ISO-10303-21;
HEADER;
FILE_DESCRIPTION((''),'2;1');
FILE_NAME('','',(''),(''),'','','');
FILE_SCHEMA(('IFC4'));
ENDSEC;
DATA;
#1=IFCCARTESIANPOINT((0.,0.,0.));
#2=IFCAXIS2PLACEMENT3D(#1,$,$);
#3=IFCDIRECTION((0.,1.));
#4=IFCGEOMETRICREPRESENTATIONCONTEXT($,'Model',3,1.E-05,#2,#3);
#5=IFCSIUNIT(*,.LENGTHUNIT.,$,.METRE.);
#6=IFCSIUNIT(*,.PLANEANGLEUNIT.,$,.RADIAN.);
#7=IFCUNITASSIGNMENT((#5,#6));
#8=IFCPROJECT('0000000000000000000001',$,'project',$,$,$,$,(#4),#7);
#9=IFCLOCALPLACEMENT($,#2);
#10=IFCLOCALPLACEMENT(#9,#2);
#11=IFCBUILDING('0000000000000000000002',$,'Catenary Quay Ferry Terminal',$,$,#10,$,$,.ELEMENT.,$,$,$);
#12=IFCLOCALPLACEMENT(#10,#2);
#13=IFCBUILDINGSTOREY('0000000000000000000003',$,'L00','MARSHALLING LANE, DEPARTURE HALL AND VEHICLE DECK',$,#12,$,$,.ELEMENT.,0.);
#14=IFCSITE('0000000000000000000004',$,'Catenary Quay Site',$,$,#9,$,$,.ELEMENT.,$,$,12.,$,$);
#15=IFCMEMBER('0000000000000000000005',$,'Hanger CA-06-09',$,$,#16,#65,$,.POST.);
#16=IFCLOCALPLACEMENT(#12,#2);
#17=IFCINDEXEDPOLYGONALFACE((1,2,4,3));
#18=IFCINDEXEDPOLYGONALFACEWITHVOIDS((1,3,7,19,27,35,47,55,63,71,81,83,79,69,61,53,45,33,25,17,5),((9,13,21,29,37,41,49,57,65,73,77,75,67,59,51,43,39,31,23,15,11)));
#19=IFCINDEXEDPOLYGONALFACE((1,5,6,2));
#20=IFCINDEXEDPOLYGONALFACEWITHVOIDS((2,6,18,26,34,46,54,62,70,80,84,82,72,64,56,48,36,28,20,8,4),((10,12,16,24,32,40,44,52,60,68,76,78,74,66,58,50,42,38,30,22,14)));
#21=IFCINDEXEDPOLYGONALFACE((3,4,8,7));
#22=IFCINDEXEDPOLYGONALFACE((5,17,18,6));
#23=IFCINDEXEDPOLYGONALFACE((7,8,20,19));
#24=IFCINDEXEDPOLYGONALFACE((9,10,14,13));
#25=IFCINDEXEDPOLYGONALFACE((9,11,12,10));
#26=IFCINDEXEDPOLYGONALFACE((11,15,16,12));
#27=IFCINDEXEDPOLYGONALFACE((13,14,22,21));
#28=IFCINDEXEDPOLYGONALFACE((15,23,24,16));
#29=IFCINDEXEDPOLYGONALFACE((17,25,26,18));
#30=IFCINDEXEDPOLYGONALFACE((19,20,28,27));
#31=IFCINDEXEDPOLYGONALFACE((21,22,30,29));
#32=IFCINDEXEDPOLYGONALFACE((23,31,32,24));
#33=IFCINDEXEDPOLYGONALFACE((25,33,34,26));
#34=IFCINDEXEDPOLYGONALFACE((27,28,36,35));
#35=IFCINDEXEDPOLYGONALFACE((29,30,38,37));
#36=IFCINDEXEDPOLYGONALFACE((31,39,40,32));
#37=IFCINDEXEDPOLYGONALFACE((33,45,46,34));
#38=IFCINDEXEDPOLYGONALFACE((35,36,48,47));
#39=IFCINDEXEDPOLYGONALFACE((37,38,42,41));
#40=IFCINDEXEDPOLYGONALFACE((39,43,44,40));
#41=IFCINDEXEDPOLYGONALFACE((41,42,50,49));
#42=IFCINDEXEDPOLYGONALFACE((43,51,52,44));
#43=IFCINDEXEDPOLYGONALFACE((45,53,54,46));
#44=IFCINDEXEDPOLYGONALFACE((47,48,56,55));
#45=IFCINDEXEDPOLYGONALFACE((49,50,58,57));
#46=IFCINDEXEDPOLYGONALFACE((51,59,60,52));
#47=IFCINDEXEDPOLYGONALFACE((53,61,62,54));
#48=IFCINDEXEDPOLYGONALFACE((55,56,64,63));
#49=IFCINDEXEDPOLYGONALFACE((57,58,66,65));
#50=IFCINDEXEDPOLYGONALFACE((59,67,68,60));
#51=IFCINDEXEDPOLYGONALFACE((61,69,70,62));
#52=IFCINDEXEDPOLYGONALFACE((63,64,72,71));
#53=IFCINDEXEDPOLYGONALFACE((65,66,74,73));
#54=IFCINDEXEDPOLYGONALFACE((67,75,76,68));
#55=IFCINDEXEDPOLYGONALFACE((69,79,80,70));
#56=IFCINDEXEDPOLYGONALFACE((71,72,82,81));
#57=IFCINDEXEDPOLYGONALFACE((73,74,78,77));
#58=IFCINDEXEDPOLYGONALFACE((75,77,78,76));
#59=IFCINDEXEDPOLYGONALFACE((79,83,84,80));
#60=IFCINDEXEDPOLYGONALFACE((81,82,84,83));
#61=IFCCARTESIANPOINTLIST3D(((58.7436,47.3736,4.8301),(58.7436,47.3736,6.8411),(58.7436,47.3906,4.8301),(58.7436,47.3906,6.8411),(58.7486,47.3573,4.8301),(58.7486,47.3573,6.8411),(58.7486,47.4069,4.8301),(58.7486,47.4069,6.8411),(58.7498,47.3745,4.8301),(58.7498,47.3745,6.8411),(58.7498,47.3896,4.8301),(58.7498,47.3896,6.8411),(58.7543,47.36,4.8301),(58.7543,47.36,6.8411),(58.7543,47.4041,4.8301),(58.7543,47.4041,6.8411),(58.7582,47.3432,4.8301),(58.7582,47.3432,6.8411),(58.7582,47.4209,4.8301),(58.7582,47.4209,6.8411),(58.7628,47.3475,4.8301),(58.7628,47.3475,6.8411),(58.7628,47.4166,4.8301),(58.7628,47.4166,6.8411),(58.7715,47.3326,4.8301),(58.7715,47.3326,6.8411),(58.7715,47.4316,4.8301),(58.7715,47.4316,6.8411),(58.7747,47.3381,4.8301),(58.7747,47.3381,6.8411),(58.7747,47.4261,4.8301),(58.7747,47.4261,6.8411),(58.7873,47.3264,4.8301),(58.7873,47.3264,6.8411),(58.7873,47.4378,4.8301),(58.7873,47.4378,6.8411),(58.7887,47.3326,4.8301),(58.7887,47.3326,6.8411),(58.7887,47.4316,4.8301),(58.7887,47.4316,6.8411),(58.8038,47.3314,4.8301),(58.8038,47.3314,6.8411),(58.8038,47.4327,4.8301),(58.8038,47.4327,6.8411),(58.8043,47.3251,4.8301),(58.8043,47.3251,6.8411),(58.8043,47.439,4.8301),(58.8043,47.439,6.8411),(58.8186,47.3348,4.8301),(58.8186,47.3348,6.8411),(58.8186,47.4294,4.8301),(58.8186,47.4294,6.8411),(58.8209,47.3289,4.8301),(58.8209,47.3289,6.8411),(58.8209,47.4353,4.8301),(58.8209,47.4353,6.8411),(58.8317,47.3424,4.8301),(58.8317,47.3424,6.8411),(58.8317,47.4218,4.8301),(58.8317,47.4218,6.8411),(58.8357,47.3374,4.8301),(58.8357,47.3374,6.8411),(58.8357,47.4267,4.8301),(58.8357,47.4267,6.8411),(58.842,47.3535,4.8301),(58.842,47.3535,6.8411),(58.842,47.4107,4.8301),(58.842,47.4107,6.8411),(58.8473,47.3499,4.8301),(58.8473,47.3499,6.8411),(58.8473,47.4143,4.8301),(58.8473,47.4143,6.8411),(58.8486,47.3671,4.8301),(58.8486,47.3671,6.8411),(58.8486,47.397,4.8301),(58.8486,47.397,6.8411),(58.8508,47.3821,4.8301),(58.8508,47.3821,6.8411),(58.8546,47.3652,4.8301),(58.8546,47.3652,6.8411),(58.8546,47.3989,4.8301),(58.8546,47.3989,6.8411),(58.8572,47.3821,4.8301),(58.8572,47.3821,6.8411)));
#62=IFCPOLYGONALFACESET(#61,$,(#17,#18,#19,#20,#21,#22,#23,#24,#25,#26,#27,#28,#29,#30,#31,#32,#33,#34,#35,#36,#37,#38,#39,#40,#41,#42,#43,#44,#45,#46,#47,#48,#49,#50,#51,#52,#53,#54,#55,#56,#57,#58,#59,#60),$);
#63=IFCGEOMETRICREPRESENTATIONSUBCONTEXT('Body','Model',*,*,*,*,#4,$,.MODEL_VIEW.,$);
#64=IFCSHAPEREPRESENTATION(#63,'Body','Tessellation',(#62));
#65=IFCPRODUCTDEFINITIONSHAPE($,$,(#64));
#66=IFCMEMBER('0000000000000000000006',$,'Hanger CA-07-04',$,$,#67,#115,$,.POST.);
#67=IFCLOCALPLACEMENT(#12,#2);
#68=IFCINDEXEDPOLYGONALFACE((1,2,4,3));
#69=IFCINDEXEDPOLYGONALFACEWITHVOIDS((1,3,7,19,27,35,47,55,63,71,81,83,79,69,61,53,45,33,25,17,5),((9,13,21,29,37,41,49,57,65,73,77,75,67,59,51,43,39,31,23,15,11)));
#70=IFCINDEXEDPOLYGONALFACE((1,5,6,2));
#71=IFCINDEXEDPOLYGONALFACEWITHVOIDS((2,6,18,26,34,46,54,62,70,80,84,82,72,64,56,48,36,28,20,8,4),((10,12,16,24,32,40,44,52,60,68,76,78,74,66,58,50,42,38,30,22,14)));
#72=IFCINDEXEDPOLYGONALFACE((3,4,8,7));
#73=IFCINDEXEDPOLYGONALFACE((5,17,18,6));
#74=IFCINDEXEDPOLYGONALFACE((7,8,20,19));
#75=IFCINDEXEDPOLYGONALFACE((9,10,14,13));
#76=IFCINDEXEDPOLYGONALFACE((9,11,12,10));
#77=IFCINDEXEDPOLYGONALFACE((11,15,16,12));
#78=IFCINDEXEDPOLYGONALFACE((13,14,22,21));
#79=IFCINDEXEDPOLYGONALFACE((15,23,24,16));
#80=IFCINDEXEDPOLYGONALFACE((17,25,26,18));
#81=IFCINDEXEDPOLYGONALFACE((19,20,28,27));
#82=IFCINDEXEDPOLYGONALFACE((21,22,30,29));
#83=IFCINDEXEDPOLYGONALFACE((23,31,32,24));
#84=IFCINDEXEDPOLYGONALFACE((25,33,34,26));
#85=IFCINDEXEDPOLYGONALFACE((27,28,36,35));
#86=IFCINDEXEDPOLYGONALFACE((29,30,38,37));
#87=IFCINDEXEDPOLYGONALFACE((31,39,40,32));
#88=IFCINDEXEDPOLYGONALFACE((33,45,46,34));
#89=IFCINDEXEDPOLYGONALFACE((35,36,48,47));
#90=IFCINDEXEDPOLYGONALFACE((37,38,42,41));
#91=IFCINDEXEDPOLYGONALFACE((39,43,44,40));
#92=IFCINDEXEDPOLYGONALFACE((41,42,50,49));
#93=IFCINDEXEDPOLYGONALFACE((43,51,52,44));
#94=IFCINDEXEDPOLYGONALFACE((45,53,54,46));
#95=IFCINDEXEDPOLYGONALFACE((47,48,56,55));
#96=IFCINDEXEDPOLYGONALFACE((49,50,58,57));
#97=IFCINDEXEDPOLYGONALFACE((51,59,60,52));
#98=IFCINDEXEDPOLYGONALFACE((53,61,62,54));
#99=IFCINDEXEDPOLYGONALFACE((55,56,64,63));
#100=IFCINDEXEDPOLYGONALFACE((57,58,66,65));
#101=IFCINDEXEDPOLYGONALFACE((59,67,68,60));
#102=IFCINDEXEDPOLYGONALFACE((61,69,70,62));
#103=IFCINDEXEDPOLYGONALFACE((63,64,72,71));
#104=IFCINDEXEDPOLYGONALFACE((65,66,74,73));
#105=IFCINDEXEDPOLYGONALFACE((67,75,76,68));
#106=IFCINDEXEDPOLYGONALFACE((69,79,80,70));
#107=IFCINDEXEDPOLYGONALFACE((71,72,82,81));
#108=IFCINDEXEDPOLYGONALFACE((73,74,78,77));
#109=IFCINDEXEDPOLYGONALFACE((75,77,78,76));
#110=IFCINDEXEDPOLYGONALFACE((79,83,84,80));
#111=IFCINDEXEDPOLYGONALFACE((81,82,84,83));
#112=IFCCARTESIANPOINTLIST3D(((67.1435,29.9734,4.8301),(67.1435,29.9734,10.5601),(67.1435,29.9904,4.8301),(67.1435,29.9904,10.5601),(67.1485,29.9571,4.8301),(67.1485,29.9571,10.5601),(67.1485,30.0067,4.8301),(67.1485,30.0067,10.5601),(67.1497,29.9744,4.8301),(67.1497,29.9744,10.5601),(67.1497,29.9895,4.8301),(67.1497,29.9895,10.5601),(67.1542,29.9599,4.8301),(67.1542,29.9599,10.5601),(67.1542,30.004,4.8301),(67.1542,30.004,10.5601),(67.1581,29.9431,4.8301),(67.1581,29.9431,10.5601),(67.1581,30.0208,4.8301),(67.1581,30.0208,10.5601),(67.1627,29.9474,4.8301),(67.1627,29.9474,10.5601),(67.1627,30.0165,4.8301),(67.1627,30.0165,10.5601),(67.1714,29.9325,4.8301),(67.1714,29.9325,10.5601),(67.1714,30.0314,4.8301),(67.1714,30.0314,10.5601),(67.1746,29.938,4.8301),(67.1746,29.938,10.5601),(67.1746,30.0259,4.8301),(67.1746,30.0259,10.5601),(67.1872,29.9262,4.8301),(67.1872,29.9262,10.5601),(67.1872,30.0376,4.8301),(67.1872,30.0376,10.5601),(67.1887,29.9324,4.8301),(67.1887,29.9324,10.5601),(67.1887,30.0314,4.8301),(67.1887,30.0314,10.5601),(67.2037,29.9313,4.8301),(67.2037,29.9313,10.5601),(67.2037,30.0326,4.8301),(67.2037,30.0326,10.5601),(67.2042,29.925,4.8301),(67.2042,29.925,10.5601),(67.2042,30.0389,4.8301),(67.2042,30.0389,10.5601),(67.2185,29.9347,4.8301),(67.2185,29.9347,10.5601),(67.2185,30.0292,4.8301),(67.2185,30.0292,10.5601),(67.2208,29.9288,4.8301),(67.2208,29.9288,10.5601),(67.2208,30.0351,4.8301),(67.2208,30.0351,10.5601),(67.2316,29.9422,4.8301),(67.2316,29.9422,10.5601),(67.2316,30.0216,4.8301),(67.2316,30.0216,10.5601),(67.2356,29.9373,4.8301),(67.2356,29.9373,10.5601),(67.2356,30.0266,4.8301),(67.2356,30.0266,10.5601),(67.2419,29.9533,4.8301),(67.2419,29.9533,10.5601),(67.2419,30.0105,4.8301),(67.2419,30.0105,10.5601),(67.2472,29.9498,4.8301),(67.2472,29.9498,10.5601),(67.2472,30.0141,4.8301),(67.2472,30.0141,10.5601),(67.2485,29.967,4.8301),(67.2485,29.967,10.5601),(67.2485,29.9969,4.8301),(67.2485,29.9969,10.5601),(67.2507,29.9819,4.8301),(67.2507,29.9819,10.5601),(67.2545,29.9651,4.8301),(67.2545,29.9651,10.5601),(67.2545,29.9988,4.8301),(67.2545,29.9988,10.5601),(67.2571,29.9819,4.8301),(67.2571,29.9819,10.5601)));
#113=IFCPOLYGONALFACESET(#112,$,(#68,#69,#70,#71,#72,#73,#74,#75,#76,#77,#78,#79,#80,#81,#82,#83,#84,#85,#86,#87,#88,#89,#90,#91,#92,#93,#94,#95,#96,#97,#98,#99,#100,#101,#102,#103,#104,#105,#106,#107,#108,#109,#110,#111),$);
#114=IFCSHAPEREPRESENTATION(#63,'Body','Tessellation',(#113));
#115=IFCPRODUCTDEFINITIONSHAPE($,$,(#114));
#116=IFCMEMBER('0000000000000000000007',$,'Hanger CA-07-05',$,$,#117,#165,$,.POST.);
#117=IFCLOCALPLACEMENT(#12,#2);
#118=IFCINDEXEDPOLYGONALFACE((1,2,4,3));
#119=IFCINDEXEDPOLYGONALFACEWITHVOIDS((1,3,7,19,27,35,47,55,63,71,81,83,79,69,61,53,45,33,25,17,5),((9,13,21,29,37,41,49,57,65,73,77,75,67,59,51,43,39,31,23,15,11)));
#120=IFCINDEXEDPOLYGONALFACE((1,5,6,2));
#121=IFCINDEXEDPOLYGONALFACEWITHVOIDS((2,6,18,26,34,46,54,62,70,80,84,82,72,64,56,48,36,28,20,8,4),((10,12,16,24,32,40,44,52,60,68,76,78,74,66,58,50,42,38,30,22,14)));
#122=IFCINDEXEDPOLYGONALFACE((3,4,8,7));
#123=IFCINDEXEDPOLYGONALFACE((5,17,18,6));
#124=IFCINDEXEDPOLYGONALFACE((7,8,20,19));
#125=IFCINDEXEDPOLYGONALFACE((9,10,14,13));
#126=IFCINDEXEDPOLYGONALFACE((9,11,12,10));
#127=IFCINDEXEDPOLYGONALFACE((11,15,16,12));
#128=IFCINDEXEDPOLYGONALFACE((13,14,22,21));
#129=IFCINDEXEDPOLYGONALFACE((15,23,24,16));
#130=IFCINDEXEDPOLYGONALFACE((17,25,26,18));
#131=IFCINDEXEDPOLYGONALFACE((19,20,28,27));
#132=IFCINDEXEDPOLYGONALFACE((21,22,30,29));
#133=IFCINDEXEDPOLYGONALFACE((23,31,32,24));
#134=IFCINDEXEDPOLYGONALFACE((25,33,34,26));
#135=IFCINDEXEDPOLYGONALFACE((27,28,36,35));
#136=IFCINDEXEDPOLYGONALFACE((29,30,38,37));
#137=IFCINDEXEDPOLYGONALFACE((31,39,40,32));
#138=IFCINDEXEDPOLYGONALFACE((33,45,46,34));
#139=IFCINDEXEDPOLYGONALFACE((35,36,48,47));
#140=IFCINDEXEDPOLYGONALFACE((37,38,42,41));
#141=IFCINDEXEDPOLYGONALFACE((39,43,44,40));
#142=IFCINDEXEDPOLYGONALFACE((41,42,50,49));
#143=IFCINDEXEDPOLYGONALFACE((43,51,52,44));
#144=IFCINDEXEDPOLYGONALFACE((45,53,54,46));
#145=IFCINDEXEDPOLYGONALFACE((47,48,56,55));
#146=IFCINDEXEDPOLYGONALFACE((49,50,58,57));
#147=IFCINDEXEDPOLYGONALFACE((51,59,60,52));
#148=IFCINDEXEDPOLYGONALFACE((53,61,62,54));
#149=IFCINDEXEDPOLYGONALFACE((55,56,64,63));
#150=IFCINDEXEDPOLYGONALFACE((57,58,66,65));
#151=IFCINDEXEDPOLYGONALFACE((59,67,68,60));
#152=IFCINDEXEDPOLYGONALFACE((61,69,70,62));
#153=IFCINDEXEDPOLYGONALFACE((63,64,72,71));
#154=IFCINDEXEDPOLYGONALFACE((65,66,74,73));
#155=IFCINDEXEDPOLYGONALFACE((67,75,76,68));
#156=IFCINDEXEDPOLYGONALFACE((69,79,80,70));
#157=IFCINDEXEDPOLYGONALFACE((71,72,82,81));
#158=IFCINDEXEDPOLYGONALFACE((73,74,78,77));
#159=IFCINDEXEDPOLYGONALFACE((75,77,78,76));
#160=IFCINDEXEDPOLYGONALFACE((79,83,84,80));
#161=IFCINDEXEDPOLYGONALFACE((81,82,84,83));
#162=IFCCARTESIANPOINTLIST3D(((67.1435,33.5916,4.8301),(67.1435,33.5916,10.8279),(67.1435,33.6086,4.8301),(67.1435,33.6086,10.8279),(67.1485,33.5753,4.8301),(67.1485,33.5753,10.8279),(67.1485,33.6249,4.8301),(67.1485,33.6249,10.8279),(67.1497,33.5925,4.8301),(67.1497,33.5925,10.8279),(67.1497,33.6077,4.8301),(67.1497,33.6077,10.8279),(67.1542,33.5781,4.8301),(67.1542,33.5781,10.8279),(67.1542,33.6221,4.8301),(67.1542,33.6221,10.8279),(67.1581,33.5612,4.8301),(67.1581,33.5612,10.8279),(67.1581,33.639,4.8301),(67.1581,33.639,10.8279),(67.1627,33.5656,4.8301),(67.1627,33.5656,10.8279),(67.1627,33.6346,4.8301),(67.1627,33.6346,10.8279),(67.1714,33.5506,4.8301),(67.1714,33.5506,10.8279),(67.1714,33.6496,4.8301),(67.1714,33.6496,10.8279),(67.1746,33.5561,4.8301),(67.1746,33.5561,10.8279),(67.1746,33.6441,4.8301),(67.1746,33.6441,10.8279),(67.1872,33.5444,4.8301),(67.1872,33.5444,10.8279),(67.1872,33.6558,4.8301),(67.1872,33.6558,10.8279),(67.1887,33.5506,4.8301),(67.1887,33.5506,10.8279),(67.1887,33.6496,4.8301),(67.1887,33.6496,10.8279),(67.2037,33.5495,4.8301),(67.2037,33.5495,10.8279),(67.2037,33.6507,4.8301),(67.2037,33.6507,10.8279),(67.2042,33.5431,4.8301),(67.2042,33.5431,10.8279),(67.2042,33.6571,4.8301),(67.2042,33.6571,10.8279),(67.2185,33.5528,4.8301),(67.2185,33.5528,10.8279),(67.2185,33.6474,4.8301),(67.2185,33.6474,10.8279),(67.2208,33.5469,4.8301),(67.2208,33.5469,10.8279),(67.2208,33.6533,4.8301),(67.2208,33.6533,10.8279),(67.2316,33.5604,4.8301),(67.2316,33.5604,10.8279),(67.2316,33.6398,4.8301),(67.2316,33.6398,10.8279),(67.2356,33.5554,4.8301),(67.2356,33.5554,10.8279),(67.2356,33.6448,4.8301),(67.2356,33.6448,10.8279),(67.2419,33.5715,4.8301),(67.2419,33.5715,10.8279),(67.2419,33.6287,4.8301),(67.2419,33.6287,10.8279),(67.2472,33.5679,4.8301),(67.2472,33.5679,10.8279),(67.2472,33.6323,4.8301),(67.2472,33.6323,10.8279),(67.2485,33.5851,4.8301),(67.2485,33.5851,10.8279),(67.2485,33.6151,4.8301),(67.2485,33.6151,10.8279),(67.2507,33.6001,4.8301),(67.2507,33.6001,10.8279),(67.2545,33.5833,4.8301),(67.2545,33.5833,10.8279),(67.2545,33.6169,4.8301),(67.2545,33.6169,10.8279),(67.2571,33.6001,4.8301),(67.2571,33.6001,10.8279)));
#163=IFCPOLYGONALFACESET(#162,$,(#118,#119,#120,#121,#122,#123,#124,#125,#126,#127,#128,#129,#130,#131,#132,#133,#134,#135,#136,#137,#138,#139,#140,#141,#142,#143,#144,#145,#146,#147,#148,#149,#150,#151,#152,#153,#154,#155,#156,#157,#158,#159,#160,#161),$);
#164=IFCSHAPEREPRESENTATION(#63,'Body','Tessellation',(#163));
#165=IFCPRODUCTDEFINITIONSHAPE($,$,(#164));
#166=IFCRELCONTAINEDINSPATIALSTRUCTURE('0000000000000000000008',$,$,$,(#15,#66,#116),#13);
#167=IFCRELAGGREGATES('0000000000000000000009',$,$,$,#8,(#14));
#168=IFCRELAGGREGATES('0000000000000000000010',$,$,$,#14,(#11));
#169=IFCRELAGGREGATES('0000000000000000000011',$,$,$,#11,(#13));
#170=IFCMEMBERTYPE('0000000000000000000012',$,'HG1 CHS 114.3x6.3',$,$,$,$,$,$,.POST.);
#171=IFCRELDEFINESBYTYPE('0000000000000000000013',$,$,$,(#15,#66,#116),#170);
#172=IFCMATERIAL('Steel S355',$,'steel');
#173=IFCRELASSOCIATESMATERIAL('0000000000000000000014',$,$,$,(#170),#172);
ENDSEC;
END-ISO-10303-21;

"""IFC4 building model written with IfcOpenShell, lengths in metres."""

from ifc_helpers import new_model, si_unit, direction, frame, origin, origin_2d, place, context, subcontext, project, spatial, hollow_circle, extrude, material, material_profile, profile_set, type_object, element, save


model = new_model("IFC4")

# Units and contexts
model_context = context("Model", 3, precision=1e-05, world=origin(), true_north=direction((0.0, 1.0)))
body_context = subcontext(model_context, "Body", "Model", "MODEL_VIEW")
ifc_project = project(units=[si_unit("LENGTHUNIT", "METRE"), si_unit("PLANEANGLEUNIT", "RADIAN")], contexts=[model_context])

# Site, building, storey
site_placement = place(None, origin())
site = spatial("IfcSite", under=ifc_project, at=site_placement, Name="Catenary Quay Site", CompositionType="ELEMENT", RefElevation=12.0)
building_placement = place(site_placement, origin())
building = spatial("IfcBuilding", under=site, at=building_placement, Name="Catenary Quay Ferry Terminal", CompositionType="ELEMENT")
storey_placement = place(building_placement, origin())
storey = spatial("IfcBuildingStorey", under=building, at=storey_placement, Name="L00", Description="MARSHALLING LANE, DEPARTURE HALL AND VEHICLE DECK", CompositionType="ELEMENT", Elevation=0.0)

# Members
ifc_material_1 = material(Name="Steel S355", Category="steel")
ifc_material_profile_1 = material_profile(ifc_material_1, hollow_circle(Radius=0.0571, WallThickness=0.0063, at=origin_2d()), Name="CHS 114.3x6.3")
ifc_profile_set_1 = profile_set([ifc_material_profile_1], Name="Steel S355")
member_type_1 = type_object("IfcMemberType", Name="HG1 CHS 114.3x6.3", PredefinedType="POST", material=ifc_profile_set_1)
member_1_placement = place(storey_placement, frame((58.8, 47.3821, 4.8301), z_axis=(0.0, 0.0, 1.0), x_axis=(1.0, 0.0, 0.0)))
element("IfcMember", 1, at=member_1_placement, inside=storey, type_object=member_type_1, Name="Hanger CA-06-09", PredefinedType="POST", context=body_context, shape_type="SweptSolid", body=[
    extrude(hollow_circle(Radius=0.0571, WallThickness=0.0063, at=origin_2d()), origin(), (0.0, 0.0, 1.0), 2.011),
])
member_2_placement = place(storey_placement, frame((67.2, 29.9819, 4.8301), z_axis=(0.0, 0.0, 1.0), x_axis=(1.0, 0.0, 0.0)))
element("IfcMember", 2, at=member_2_placement, inside=storey, type_object=member_type_1, Name="Hanger CA-07-04", PredefinedType="POST", context=body_context, shape_type="SweptSolid", body=[
    extrude(hollow_circle(Radius=0.0571, WallThickness=0.0063, at=origin_2d()), origin(), (0.0, 0.0, 1.0), 5.73),
])
member_3_placement = place(storey_placement, frame((67.2, 33.6001, 4.8301), z_axis=(0.0, 0.0, 1.0), x_axis=(1.0, 0.0, 0.0)))
element("IfcMember", 3, at=member_3_placement, inside=storey, type_object=member_type_1, Name="Hanger CA-07-05", PredefinedType="POST", context=body_context, shape_type="SweptSolid", body=[
    extrude(hollow_circle(Radius=0.0571, WallThickness=0.0063, at=origin_2d()), origin(), (0.0, 0.0, 1.0), 5.9978),
])

save(model, "model.ifc")
